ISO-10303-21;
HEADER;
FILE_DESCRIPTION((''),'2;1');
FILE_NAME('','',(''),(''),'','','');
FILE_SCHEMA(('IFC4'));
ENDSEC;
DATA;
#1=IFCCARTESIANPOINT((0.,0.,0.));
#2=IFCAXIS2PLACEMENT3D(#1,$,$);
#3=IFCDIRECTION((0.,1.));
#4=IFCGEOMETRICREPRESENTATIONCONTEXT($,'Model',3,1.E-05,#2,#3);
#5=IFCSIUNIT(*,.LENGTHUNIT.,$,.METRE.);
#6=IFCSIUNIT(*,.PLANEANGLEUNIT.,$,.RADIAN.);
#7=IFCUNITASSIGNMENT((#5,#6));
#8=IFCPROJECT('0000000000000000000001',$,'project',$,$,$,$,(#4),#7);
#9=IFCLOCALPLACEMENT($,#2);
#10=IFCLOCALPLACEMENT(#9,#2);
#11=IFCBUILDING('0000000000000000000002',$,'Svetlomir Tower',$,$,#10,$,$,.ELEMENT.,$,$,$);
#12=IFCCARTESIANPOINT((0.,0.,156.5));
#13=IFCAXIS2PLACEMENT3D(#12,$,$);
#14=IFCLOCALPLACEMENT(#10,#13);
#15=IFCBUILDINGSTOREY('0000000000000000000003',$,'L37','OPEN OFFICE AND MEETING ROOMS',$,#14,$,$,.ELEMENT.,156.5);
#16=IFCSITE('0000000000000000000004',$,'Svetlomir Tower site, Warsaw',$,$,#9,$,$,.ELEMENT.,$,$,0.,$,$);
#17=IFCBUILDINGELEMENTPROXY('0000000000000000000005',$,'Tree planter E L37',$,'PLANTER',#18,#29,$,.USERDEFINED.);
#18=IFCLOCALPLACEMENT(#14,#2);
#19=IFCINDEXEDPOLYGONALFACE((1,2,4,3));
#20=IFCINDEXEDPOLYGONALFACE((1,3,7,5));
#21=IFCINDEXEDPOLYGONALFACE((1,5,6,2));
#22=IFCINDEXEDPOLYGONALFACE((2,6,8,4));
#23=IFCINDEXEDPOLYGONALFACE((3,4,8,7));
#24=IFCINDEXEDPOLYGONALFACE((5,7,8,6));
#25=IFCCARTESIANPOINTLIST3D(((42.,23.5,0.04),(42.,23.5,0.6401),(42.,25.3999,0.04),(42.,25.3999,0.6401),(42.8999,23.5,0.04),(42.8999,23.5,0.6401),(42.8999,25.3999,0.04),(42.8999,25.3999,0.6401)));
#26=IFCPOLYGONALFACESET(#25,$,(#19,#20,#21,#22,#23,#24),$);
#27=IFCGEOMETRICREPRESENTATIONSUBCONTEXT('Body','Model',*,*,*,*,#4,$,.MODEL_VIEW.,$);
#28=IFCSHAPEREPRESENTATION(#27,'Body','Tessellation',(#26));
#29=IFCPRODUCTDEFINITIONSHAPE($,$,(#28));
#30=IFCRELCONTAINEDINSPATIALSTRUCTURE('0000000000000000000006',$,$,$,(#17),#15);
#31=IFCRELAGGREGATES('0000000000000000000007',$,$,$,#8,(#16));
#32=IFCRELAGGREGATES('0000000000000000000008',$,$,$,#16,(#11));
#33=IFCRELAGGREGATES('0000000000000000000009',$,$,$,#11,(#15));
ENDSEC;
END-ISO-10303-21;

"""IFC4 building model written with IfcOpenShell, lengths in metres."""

from ifc_helpers import new_model, si_unit, direction, frame, origin, origin_2d, place, context, subcontext, project, spatial, rectangle, extrude, element, save


model = new_model("IFC4")

# Units and contexts
model_context = context("Model", 3, precision=1e-05, world=origin(), true_north=direction((0.0, 1.0)))
body_context = subcontext(model_context, "Body", "Model", "MODEL_VIEW")
ifc_project = project(units=[si_unit("LENGTHUNIT", "METRE"), si_unit("PLANEANGLEUNIT", "RADIAN")], contexts=[model_context])

# Site, building, storey
site_placement = place(None, origin())
site = spatial("IfcSite", under=ifc_project, at=site_placement, Name="Svetlomir Tower site, Warsaw", CompositionType="ELEMENT", RefElevation=0.0)
building_placement = place(site_placement, origin())
building = spatial("IfcBuilding", under=site, at=building_placement, Name="Svetlomir Tower", CompositionType="ELEMENT")
storey_placement = place(building_placement, frame((0.0, 0.0, 156.5)))
storey = spatial("IfcBuildingStorey", under=building, at=storey_placement, Name="L37", Description="OPEN OFFICE AND MEETING ROOMS", CompositionType="ELEMENT", Elevation=156.5)

# Building element proxy
proxy_placement = place(storey_placement, frame((42.45, 24.45, 0.04), z_axis=(0.0, 0.0, 1.0), x_axis=(1.0, 0.0, 0.0)))
element("IfcBuildingElementProxy", 1, at=proxy_placement, inside=storey, Name="Tree planter E L37", ObjectType="PLANTER", PredefinedType="USERDEFINED", context=body_context, shape_type="SweptSolid", body=[
    extrude(rectangle(XDim=0.8999, YDim=1.8999, at=origin_2d()), origin(), (0.0, 0.0, 1.0), 0.6001),
])

save(model, "model.ifc")
